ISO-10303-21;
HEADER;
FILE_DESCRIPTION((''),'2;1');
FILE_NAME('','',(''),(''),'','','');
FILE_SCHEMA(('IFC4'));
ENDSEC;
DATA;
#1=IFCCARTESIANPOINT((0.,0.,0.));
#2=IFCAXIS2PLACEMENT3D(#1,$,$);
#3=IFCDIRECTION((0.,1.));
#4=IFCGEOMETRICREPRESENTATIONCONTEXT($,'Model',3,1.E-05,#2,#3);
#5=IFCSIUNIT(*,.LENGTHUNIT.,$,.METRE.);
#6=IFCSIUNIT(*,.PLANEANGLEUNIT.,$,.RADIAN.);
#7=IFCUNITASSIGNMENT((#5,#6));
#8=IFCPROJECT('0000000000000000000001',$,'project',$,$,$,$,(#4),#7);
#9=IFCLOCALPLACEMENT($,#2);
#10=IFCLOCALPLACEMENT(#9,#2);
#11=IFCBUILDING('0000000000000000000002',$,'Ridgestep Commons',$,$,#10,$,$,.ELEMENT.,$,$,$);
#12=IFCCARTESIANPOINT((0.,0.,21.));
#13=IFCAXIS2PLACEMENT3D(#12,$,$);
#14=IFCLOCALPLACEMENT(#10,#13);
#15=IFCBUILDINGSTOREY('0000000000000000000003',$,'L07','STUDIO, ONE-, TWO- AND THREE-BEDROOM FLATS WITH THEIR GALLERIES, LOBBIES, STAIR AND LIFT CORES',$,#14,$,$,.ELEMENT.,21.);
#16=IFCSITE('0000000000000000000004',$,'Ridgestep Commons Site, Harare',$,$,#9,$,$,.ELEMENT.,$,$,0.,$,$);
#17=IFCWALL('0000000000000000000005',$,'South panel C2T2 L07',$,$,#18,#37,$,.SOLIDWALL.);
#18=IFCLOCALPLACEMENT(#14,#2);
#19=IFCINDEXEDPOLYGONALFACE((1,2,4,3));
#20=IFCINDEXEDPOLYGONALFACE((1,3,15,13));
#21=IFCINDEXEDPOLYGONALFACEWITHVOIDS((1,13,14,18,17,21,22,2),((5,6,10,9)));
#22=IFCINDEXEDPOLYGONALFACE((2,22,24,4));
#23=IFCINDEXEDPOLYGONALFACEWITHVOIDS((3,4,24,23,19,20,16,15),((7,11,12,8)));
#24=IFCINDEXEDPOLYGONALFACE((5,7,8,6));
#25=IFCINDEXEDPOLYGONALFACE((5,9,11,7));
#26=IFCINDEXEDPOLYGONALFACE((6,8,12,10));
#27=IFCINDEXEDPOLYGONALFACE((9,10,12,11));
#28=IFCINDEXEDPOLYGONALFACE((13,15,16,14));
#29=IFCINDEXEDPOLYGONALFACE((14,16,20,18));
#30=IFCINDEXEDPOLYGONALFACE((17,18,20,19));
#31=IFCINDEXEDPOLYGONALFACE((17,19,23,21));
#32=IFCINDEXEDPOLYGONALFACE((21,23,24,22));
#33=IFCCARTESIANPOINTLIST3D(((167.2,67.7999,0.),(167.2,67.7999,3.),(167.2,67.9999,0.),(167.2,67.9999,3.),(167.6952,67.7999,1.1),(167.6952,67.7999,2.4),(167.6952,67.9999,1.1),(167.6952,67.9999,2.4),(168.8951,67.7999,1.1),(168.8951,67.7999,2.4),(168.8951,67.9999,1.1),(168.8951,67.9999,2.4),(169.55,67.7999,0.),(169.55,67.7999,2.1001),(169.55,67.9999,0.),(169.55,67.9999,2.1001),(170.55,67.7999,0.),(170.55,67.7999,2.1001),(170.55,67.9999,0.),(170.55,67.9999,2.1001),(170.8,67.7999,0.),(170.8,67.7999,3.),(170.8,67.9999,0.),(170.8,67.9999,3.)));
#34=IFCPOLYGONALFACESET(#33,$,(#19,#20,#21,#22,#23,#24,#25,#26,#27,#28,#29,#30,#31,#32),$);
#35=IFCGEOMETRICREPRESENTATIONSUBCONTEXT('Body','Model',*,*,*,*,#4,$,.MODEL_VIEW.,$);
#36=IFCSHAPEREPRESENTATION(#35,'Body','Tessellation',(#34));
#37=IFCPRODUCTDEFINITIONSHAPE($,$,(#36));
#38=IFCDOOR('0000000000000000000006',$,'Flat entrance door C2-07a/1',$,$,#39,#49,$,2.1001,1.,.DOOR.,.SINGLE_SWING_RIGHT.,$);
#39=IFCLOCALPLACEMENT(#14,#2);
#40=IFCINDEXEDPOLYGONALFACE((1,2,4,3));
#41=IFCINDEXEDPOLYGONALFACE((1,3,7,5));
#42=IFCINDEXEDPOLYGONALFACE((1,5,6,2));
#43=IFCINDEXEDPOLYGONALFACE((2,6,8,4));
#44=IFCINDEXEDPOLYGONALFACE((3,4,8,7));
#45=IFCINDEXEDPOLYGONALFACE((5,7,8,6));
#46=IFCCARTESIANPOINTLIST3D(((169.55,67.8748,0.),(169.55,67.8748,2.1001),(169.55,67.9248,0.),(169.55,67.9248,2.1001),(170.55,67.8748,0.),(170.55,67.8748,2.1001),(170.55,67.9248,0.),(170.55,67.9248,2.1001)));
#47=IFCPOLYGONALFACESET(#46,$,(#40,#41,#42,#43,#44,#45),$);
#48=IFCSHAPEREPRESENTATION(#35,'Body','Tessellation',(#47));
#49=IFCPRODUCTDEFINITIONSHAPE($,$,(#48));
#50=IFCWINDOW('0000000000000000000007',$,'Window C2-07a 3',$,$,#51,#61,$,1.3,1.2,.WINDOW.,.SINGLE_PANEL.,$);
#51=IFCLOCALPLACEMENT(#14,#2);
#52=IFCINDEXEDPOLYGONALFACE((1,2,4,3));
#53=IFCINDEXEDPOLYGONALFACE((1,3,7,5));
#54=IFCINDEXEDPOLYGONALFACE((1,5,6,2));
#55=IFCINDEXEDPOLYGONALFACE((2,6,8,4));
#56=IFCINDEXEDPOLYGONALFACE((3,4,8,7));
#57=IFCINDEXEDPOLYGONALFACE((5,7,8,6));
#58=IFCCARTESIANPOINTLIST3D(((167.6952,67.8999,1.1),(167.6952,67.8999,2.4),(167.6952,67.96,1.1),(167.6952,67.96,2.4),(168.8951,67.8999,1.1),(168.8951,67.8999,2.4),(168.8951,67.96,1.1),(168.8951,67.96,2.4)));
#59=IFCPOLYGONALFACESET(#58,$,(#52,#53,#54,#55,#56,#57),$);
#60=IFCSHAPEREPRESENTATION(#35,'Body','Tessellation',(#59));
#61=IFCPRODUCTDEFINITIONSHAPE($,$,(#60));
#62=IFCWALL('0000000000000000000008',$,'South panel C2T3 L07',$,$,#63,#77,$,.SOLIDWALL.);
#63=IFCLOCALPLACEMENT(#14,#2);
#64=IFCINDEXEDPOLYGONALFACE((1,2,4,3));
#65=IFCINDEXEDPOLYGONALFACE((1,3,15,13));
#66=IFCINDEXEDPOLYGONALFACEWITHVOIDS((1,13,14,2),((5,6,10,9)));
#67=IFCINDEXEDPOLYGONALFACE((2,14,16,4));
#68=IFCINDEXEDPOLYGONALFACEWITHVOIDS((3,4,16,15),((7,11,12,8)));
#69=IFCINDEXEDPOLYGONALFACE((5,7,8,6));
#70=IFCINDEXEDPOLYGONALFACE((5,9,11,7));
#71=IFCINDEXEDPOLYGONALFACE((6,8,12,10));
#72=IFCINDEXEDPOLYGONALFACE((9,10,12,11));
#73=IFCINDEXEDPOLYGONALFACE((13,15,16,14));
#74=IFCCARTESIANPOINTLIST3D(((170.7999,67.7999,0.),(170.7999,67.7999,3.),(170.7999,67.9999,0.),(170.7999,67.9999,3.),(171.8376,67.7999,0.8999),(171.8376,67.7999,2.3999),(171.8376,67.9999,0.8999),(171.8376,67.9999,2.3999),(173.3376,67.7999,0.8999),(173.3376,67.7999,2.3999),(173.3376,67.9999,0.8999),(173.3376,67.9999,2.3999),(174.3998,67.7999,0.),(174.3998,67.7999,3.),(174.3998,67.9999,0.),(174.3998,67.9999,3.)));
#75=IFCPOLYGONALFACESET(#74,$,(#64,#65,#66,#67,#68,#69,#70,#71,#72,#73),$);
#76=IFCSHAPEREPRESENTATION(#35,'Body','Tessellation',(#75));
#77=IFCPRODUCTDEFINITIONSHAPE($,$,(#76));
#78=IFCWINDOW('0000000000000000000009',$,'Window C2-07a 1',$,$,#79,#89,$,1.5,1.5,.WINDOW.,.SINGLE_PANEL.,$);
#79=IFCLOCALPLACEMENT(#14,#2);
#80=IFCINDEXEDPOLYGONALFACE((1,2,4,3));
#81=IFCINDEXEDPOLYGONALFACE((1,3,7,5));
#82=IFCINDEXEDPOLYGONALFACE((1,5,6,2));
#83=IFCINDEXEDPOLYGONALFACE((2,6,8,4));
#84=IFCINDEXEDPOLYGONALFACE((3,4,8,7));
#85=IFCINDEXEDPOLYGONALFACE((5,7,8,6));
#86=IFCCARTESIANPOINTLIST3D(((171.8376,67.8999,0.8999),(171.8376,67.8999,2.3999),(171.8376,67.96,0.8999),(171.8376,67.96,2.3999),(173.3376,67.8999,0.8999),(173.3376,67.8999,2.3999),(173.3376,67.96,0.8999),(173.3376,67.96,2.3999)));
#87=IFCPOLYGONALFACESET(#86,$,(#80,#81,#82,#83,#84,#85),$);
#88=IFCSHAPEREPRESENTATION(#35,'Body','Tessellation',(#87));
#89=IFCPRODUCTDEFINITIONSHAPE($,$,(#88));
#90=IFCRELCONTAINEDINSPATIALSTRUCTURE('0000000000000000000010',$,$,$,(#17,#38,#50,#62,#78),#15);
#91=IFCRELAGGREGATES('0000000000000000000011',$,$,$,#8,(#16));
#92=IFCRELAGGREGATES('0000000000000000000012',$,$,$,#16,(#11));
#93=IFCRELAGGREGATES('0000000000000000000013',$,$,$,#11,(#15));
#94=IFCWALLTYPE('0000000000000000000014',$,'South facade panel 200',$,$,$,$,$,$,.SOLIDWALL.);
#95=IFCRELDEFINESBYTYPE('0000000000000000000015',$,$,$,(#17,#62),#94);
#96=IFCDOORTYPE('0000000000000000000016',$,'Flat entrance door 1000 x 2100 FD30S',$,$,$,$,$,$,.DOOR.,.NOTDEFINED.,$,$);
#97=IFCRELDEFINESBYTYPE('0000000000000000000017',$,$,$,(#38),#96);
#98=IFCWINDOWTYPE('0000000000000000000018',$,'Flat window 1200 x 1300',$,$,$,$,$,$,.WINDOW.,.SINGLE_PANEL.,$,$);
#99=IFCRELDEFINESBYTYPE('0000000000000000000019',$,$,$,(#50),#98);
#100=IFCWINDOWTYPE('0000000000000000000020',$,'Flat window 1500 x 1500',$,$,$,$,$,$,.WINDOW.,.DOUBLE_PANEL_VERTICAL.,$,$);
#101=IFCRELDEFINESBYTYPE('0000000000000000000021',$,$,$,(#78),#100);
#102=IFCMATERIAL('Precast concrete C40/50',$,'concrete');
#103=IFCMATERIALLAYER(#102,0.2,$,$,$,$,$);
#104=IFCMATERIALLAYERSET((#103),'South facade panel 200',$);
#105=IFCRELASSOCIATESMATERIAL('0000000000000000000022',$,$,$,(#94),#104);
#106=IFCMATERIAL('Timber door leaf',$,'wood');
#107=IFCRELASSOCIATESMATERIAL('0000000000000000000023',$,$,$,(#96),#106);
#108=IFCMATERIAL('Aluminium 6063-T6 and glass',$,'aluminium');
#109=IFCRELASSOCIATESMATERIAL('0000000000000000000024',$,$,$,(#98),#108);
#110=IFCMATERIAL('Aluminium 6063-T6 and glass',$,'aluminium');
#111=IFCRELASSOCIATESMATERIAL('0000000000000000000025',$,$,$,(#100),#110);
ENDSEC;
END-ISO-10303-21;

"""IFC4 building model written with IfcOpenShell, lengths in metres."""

from ifc_helpers import new_model, si_unit, direction, frame, frame_2d, origin, place, context, subcontext, project, spatial, rectangle, extrude, material, layer, layer_set, type_object, element, fill, save


model = new_model("IFC4")

# Units and contexts
model_context = context("Model", 3, precision=1e-05, world=origin(), true_north=direction((0.0, 1.0)))
body_context = subcontext(model_context, "Body", "Model", "MODEL_VIEW")
ifc_project = project(units=[si_unit("LENGTHUNIT", "METRE"), si_unit("PLANEANGLEUNIT", "RADIAN")], contexts=[model_context])

# Site, building, storey
site_placement = place(None, origin())
site = spatial("IfcSite", under=ifc_project, at=site_placement, Name="Ridgestep Commons Site, Harare", CompositionType="ELEMENT", RefElevation=0.0)
building_placement = place(site_placement, origin())
building = spatial("IfcBuilding", under=site, at=building_placement, Name="Ridgestep Commons", CompositionType="ELEMENT")
storey_placement = place(building_placement, frame((0.0, 0.0, 21.0)))
storey = spatial("IfcBuildingStorey", under=building, at=storey_placement, Name="L07", Description="STUDIO, ONE-, TWO- AND THREE-BEDROOM FLATS WITH THEIR GALLERIES, LOBBIES, STAIR AND LIFT CORES", CompositionType="ELEMENT", Elevation=21.0)

# Wall, openings, door, window
ifc_material_1 = material(Name="Precast concrete C40/50", Category="concrete")
ifc_layer_1 = layer(ifc_material_1, 0.2)
ifc_layer_set_1 = layer_set([ifc_layer_1], Name="South facade panel 200")
wall_type_1 = type_object("IfcWallType", Name="South facade panel 200", PredefinedType="SOLIDWALL", material=ifc_layer_set_1)
wall_1_placement = place(storey_placement, frame((167.2, 67.8999, 0.0), z_axis=(0.0, 0.0, 1.0), x_axis=(1.0, 0.0, 0.0)))
wall_1 = element("IfcWall", 1, at=wall_1_placement, inside=storey, type_object=wall_type_1, Name="South panel C2T2 L07", PredefinedType="SOLIDWALL", context=body_context, shape_type="SweptSolid", body=[
    extrude(rectangle(XDim=3.6001, YDim=0.2, at=frame_2d((1.8, 0.0))), origin(), (0.0, 0.0, 1.0), 3.0),
])
opening_1_placement = place(wall_1_placement, frame((0.4951, 0.0, 1.1001)))
opening_1 = element("IfcOpeningElement", 2, at=opening_1_placement, cuts=wall_1, PredefinedType="OPENING", context=body_context, shape_type="SweptSolid", body=[
    extrude(rectangle(XDim=1.2, YDim=1.3, at=frame_2d((0.6001, 0.6499))), frame((0.0, 0.1099, 0.0), z_axis=(0.0, -1.0, 0.0), x_axis=(1.0, 0.0, 0.0)), (0.0, 0.0, 1.0), 0.22),
])
opening_2_placement = place(wall_1_placement, frame((2.3501, 0.0, 0.0)))
opening_2 = element("IfcOpeningElement", 3, at=opening_2_placement, cuts=wall_1, PredefinedType="OPENING", context=body_context, shape_type="SweptSolid", body=[
    extrude(rectangle(XDim=1.0, YDim=2.1001, at=frame_2d((0.5, 1.05))), frame((0.0, 0.1099, 0.0), z_axis=(0.0, -1.0, 0.0), x_axis=(1.0, 0.0, 0.0)), (0.0, 0.0, 1.0), 0.22),
])
ifc_material_2 = material(Name="Timber door leaf", Category="wood")
door_type_1 = type_object("IfcDoorType", Name="Flat entrance door 1000 x 2100 FD30S", OperationType="NOTDEFINED", PredefinedType="DOOR", material=ifc_material_2)
door_1_placement = place(opening_2_placement, origin())
door_1 = element("IfcDoor", 4, at=door_1_placement, inside=storey, type_object=door_type_1, Name="Flat entrance door C2-07a/1", OperationType="SINGLE_SWING_RIGHT", OverallHeight=2.1001, OverallWidth=1.0, PredefinedType="DOOR", context=body_context, shape_type="SweptSolid", body=[
    extrude(rectangle(XDim=1.0, YDim=2.1001, at=frame_2d((0.5, 1.05))), frame((0.0, 0.0249, 0.0), z_axis=(0.0, -1.0, 0.0), x_axis=(1.0, 0.0, 0.0)), (0.0, 0.0, 1.0), 0.05),
])
fill(opening_2, door_1)
ifc_material_3 = material(Name="Aluminium 6063-T6 and glass", Category="aluminium")
window_type_1 = type_object("IfcWindowType", Name="Flat window 1200 x 1300", PartitioningType="SINGLE_PANEL", PredefinedType="WINDOW", material=ifc_material_3)
window_1_placement = place(opening_1_placement, origin())
window_1 = element("IfcWindow", 5, at=window_1_placement, inside=storey, type_object=window_type_1, Name="Window C2-07a 3", OverallHeight=1.3, OverallWidth=1.2, PartitioningType="SINGLE_PANEL", PredefinedType="WINDOW", context=body_context, shape_type="SweptSolid", body=[
    extrude(rectangle(XDim=1.2, YDim=1.3, at=frame_2d((0.6001, 0.6499))), frame((0.0, 0.0601, 0.0), z_axis=(0.0, -1.0, 0.0), x_axis=(1.0, 0.0, 0.0)), (0.0, 0.0, 1.0), 0.0601),
])
fill(opening_1, window_1)

# Wall, opening, window
wall_2_placement = place(storey_placement, frame((170.8, 67.8999, 0.0), z_axis=(0.0, 0.0, 1.0), x_axis=(1.0, 0.0, 0.0)))
wall_2 = element("IfcWall", 6, at=wall_2_placement, inside=storey, type_object=wall_type_1, Name="South panel C2T3 L07", PredefinedType="SOLIDWALL", context=body_context, shape_type="SweptSolid", body=[
    extrude(rectangle(XDim=3.5999, YDim=0.2, at=frame_2d((1.7998, 0.0))), origin(), (0.0, 0.0, 1.0), 3.0),
])
opening_3_placement = place(wall_2_placement, frame((1.0376, 0.0, 0.8999)))
opening_3 = element("IfcOpeningElement", 7, at=opening_3_placement, cuts=wall_2, PredefinedType="OPENING", context=body_context, shape_type="SweptSolid", body=[
    extrude(rectangle(XDim=1.5, YDim=1.5, at=frame_2d((0.75, 0.75))), frame((0.0, 0.1099, 0.0), z_axis=(0.0, -1.0, 0.0), x_axis=(1.0, 0.0, 0.0)), (0.0, 0.0, 1.0), 0.22),
])
ifc_material_4 = material(Name="Aluminium 6063-T6 and glass", Category="aluminium")
window_type_2 = type_object("IfcWindowType", Name="Flat window 1500 x 1500", PartitioningType="DOUBLE_PANEL_VERTICAL", PredefinedType="WINDOW", material=ifc_material_4)
window_2_placement = place(opening_3_placement, origin())
window_2 = element("IfcWindow", 8, at=window_2_placement, inside=storey, type_object=window_type_2, Name="Window C2-07a 1", OverallHeight=1.5, OverallWidth=1.5, PartitioningType="SINGLE_PANEL", PredefinedType="WINDOW", context=body_context, shape_type="SweptSolid", body=[
    extrude(rectangle(XDim=1.5, YDim=1.5, at=frame_2d((0.75, 0.75))), frame((0.0, 0.0601, 0.0), z_axis=(0.0, -1.0, 0.0), x_axis=(1.0, 0.0, 0.0)), (0.0, 0.0, 1.0), 0.0601),
])
fill(opening_3, window_2)

save(model, "model.ifc")
